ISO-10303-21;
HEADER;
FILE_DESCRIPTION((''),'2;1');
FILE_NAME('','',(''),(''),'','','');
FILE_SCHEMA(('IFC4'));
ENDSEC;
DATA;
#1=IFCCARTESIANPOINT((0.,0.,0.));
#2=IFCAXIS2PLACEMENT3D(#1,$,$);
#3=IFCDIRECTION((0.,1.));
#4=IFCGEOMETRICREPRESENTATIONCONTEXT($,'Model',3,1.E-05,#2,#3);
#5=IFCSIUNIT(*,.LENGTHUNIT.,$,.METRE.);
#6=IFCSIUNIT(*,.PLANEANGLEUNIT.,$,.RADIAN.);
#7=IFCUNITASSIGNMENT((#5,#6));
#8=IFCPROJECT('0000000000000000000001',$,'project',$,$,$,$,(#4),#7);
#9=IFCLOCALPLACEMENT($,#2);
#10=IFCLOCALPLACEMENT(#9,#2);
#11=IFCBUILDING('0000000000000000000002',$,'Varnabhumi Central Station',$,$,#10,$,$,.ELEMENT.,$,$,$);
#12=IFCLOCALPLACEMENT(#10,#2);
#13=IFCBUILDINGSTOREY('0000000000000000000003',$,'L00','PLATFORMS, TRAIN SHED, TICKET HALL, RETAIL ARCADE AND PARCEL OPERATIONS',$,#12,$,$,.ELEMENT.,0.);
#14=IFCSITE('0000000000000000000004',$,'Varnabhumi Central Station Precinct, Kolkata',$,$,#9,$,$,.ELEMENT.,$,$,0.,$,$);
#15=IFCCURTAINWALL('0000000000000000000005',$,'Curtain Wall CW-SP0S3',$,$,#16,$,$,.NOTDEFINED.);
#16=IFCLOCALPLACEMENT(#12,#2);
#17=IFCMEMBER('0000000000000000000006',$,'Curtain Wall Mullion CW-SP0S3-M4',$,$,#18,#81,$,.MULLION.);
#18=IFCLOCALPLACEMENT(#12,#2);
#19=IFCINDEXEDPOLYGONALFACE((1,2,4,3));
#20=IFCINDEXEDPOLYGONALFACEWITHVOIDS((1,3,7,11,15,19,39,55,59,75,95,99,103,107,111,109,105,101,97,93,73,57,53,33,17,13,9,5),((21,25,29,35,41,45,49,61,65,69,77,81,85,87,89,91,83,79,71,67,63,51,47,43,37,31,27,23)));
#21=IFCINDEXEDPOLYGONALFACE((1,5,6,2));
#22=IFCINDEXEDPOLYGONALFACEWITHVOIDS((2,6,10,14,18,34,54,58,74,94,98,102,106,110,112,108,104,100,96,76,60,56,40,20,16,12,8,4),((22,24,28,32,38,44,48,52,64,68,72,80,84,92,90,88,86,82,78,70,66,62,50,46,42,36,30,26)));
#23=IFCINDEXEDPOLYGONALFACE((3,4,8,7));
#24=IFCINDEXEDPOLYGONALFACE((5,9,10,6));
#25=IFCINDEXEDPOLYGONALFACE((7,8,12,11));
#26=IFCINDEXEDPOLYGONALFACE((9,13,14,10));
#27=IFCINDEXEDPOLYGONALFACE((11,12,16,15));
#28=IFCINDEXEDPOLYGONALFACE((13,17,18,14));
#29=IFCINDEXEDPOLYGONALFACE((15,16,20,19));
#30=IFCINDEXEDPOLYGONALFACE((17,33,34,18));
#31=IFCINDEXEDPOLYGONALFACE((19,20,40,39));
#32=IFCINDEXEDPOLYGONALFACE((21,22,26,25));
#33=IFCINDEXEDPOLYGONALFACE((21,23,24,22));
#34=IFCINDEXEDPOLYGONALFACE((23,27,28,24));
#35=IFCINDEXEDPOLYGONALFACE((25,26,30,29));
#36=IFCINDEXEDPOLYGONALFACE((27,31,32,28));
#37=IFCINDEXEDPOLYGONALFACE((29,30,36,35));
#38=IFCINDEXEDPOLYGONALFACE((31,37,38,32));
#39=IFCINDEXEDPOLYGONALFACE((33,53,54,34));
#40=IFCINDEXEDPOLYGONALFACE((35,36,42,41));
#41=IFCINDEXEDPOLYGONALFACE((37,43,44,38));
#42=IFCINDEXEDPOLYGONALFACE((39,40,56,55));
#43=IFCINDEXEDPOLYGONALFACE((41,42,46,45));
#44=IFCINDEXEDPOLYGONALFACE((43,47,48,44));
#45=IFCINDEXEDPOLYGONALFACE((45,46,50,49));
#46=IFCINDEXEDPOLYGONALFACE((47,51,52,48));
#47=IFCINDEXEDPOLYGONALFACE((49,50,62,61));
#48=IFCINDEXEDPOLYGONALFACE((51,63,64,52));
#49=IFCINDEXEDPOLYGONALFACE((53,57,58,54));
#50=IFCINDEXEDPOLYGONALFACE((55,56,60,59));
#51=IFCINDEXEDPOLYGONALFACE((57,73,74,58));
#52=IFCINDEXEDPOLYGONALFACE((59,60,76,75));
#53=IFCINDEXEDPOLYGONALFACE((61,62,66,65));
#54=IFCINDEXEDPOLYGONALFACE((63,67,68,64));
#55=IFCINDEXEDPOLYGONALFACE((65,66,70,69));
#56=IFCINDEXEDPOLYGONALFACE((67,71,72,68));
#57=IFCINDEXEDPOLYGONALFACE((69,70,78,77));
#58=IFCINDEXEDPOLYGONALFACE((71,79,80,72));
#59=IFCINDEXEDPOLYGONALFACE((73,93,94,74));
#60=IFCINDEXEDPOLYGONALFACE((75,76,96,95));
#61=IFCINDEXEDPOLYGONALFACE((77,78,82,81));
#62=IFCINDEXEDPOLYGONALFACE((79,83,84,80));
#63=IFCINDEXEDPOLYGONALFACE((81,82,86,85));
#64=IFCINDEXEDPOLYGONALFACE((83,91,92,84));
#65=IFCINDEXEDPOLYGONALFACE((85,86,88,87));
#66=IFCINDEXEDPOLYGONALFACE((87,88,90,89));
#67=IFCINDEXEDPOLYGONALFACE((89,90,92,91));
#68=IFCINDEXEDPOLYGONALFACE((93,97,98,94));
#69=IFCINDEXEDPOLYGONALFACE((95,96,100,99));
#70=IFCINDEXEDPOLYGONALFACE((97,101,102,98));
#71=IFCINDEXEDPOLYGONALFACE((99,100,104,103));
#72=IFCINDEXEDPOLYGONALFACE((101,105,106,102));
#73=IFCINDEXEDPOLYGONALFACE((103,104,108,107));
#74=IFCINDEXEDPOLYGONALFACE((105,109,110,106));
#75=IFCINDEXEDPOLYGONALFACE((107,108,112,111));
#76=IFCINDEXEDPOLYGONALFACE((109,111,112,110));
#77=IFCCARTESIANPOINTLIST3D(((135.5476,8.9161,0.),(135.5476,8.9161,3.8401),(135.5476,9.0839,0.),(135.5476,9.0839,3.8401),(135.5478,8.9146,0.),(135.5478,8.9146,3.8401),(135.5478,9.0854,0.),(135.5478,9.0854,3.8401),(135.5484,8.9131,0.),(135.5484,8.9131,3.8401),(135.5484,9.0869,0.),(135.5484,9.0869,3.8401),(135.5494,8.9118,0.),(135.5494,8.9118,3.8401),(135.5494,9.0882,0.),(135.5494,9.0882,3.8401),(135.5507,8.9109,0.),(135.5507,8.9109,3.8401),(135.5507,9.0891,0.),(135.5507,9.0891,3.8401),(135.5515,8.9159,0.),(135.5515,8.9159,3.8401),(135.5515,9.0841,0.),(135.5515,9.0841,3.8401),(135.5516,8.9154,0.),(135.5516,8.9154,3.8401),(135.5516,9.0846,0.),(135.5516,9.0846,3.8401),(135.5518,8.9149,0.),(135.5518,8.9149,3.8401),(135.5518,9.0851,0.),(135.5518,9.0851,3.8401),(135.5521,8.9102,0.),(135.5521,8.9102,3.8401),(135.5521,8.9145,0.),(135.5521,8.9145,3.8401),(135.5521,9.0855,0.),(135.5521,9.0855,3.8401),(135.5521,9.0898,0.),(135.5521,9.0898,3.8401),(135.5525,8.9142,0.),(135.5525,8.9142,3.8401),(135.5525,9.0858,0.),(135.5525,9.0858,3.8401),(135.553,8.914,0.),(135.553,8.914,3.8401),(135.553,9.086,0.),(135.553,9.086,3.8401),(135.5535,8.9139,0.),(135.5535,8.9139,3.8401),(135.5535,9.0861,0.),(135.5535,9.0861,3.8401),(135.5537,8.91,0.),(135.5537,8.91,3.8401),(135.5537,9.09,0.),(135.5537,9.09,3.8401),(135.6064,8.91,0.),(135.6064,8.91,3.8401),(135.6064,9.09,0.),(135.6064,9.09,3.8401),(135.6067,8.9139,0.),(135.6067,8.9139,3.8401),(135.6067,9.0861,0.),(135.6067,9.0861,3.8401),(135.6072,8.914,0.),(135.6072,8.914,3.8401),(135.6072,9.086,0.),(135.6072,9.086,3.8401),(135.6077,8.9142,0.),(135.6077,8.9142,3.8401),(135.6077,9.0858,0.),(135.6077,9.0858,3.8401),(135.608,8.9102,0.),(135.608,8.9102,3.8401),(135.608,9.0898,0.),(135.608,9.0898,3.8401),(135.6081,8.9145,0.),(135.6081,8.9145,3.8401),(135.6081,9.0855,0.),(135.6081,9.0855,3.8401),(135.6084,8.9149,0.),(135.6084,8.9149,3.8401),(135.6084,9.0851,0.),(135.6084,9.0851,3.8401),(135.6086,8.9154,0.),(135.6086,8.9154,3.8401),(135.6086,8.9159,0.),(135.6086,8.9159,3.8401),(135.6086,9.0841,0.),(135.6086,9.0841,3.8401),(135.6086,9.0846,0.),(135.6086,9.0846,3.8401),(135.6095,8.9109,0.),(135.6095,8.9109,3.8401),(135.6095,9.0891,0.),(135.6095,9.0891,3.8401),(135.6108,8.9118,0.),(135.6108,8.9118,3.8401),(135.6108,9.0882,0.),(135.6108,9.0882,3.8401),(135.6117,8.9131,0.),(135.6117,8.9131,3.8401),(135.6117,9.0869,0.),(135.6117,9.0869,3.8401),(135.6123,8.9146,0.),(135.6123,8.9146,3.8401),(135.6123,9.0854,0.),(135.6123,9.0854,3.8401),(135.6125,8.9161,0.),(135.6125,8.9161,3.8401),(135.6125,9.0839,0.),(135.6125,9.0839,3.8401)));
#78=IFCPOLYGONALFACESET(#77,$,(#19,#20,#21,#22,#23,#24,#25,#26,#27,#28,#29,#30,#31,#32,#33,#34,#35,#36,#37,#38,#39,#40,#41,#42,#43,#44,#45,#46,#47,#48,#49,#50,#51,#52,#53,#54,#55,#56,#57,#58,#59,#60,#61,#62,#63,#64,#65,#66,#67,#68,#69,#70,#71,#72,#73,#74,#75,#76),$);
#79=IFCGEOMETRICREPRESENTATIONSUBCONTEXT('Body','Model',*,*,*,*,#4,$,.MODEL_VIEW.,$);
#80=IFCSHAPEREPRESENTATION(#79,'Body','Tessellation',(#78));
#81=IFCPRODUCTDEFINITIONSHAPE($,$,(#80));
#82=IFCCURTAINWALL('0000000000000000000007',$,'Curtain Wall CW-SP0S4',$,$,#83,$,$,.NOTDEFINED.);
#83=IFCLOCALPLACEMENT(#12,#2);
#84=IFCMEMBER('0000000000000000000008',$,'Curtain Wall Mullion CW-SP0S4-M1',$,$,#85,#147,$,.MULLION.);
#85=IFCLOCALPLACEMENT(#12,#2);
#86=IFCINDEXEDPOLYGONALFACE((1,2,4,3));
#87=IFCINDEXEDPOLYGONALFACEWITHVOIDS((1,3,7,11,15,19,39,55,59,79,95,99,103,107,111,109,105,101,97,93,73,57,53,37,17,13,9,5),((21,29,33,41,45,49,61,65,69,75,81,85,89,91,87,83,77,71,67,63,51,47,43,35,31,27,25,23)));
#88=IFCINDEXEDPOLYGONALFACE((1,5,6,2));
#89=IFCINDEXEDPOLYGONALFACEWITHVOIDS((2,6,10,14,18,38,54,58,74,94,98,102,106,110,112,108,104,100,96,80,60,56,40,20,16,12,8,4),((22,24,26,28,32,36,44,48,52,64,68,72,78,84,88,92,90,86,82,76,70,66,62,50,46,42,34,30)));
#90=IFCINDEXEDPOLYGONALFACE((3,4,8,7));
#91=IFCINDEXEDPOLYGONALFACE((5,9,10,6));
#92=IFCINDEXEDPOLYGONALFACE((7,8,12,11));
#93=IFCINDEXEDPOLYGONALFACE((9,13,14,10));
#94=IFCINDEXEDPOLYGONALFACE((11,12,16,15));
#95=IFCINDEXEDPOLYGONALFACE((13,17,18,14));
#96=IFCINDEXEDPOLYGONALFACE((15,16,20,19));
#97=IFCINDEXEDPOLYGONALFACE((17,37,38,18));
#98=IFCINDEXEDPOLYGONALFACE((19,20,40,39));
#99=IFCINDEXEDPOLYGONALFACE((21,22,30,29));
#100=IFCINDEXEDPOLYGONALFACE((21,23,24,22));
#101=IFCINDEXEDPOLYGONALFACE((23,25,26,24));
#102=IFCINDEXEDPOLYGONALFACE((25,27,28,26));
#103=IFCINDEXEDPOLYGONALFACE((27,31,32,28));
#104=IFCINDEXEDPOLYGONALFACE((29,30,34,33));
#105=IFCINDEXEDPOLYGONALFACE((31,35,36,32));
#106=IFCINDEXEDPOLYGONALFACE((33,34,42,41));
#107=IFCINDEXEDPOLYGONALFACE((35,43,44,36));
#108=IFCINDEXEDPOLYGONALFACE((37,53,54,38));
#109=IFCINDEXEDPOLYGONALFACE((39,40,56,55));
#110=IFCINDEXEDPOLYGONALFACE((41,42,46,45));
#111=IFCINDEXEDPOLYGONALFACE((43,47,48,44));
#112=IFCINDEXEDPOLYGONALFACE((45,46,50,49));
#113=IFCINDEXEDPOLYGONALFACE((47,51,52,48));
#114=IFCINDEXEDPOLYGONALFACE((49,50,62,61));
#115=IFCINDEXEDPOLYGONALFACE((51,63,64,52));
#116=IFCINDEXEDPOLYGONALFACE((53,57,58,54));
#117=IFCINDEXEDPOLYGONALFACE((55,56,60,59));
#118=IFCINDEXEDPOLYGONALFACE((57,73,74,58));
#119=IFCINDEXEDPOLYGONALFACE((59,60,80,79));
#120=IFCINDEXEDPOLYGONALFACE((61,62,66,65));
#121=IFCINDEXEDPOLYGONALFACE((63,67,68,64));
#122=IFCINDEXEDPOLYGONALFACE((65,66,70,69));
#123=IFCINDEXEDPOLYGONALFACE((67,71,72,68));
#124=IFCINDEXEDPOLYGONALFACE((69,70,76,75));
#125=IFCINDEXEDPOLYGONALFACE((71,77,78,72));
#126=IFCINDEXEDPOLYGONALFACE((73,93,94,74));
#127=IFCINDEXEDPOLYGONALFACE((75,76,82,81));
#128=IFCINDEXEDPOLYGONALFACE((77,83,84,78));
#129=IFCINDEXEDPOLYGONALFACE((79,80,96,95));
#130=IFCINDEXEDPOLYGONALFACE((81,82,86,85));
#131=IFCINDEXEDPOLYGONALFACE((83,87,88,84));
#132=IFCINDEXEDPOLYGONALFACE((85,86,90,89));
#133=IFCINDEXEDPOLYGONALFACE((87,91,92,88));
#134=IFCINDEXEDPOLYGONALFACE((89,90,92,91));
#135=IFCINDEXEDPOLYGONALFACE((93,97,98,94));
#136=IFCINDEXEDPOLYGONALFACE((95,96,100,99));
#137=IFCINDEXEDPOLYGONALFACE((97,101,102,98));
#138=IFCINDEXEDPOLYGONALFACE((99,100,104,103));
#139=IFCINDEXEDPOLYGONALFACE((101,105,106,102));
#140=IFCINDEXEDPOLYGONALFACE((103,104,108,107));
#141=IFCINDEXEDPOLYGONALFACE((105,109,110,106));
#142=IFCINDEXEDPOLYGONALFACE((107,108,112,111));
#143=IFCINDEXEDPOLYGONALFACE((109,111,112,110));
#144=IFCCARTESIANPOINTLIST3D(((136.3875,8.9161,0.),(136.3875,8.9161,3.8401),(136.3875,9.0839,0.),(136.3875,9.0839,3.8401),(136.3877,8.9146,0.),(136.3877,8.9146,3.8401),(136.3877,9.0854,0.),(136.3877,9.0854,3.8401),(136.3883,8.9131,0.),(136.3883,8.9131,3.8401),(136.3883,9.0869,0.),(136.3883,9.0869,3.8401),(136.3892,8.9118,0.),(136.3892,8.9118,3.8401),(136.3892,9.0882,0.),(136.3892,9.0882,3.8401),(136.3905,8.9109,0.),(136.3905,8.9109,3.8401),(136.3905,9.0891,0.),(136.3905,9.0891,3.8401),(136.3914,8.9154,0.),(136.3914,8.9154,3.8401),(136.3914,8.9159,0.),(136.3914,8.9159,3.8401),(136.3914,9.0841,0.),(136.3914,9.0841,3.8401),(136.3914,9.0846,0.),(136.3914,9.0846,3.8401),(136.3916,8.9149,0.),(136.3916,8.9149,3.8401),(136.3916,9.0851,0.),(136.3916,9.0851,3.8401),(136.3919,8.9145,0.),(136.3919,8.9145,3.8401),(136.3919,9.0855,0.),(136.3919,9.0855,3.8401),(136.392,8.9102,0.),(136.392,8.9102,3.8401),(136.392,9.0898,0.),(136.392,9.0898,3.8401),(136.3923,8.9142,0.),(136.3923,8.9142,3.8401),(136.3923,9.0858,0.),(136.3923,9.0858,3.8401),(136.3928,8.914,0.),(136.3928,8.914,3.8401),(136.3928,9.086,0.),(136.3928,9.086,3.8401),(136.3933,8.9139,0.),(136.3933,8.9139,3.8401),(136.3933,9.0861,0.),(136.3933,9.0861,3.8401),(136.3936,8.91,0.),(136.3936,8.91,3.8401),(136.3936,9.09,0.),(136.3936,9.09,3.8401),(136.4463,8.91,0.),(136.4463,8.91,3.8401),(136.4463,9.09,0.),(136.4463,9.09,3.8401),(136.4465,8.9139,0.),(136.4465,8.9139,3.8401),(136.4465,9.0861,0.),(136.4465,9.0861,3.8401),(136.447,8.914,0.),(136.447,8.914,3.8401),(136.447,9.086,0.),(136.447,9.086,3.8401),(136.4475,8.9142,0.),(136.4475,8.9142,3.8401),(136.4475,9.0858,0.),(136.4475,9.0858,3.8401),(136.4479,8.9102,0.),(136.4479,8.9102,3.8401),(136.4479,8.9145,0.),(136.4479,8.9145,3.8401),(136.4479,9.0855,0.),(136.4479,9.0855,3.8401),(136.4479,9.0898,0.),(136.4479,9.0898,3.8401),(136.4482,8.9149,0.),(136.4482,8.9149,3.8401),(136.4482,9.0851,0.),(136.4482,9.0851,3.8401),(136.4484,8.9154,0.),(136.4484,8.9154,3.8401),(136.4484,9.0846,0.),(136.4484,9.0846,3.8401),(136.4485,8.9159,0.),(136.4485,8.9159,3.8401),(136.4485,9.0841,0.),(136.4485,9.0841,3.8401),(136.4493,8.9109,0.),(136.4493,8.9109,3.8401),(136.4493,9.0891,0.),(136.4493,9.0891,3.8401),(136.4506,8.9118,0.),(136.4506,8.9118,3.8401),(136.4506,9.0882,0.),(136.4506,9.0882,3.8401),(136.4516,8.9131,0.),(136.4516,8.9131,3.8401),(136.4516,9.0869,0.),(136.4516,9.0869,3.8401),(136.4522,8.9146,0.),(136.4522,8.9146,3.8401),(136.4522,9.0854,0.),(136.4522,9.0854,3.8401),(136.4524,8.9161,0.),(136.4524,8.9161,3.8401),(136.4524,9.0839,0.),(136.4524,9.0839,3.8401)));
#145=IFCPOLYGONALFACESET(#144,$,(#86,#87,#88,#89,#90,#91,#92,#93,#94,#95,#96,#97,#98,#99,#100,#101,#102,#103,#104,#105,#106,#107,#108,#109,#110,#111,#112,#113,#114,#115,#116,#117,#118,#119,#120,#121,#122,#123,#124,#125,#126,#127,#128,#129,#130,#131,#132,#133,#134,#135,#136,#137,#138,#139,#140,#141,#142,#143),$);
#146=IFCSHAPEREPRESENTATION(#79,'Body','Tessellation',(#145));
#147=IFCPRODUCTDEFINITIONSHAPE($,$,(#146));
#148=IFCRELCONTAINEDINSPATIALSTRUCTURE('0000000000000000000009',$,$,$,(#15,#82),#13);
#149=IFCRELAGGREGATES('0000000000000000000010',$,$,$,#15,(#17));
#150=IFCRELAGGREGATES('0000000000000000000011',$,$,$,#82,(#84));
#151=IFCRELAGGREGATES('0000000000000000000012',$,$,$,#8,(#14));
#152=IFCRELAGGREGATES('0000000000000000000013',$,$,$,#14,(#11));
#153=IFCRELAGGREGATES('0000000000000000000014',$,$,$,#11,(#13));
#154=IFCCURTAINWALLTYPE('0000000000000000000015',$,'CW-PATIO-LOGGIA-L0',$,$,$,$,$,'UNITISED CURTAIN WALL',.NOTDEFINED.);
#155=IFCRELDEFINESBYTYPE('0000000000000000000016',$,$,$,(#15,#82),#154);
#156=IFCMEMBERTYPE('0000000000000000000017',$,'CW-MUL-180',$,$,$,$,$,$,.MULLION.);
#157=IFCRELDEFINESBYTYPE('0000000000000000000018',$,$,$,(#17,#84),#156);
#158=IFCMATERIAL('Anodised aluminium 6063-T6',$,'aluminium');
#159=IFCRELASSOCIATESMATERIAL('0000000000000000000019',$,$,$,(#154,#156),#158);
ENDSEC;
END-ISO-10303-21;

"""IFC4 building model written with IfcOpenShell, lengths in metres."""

from ifc_helpers import new_model, si_unit, direction, frame, origin, origin_2d, place, context, subcontext, project, spatial, hollow_rectangle, extrude, material, material_profile, profile_set, type_object, element, aggregate, save


model = new_model("IFC4")

# Units and contexts
model_context = context("Model", 3, precision=1e-05, world=origin(), true_north=direction((0.0, 1.0)))
body_context = subcontext(model_context, "Body", "Model", "MODEL_VIEW")
ifc_project = project(units=[si_unit("LENGTHUNIT", "METRE"), si_unit("PLANEANGLEUNIT", "RADIAN")], contexts=[model_context])

# Site, building, storey
site_placement = place(None, origin())
site = spatial("IfcSite", under=ifc_project, at=site_placement, Name="Varnabhumi Central Station Precinct, Kolkata", CompositionType="ELEMENT", RefElevation=0.0)
building_placement = place(site_placement, origin())
building = spatial("IfcBuilding", under=site, at=building_placement, Name="Varnabhumi Central Station", CompositionType="ELEMENT")
storey_placement = place(building_placement, origin())
storey = spatial("IfcBuildingStorey", under=building, at=storey_placement, Name="L00", Description="PLATFORMS, TRAIN SHED, TICKET HALL, RETAIL ARCADE AND PARCEL OPERATIONS", CompositionType="ELEMENT", Elevation=0.0)

# Curtain wall, member
ifc_material_1 = material(Name="Anodised aluminium 6063-T6", Category="aluminium")
curtain_wall_type = type_object("IfcCurtainWallType", Name="CW-PATIO-LOGGIA-L0", ElementType="UNITISED CURTAIN WALL", PredefinedType="NOTDEFINED", material=ifc_material_1)
curtain_wall_1_placement = place(storey_placement, origin())
curtain_wall_1 = element("IfcCurtainWall", 1, at=curtain_wall_1_placement, inside=storey, type_object=curtain_wall_type, Name="Curtain Wall CW-SP0S3", PredefinedType="NOTDEFINED")
ifc_material_profile_1 = material_profile(ifc_material_1, hollow_rectangle(XDim=0.0649, YDim=0.1799, WallThickness=0.0039, InnerFilletRadius=0.002, OuterFilletRadius=0.0061, at=origin_2d()), Name="Anodised aluminium 6063-T6", Category="aluminium")
ifc_profile_set_1 = profile_set([ifc_material_profile_1], Name="Anodised aluminium 6063-T6")
member_type_1 = type_object("IfcMemberType", Name="CW-MUL-180", PredefinedType="MULLION", material=ifc_profile_set_1)
member_1_placement = place(storey_placement, frame((135.5801, 9.0, 0.0), z_axis=(0.0, 0.0, 1.0), x_axis=(1.0, 0.0, 0.0)))
member_1 = element("IfcMember", 2, at=member_1_placement, type_object=member_type_1, Name="Curtain Wall Mullion CW-SP0S3-M4", PredefinedType="MULLION", context=body_context, shape_type="SweptSolid", body=[
    extrude(hollow_rectangle(XDim=0.0649, YDim=0.1799, WallThickness=0.0039, InnerFilletRadius=0.002, OuterFilletRadius=0.0061, at=origin_2d()), origin(), (0.0, 0.0, 1.0), 3.8401),
])
aggregate(curtain_wall_1, [member_1])

# Curtain wall, member
curtain_wall_2_placement = place(storey_placement, origin())
curtain_wall_2 = element("IfcCurtainWall", 3, at=curtain_wall_2_placement, inside=storey, type_object=curtain_wall_type, Name="Curtain Wall CW-SP0S4", PredefinedType="NOTDEFINED")
member_2_placement = place(storey_placement, frame((136.4199, 9.0, 0.0), z_axis=(0.0, 0.0, 1.0), x_axis=(1.0, 0.0, 0.0)))
member_2 = element("IfcMember", 4, at=member_2_placement, type_object=member_type_1, Name="Curtain Wall Mullion CW-SP0S4-M1", PredefinedType="MULLION", context=body_context, shape_type="SweptSolid", body=[
    extrude(hollow_rectangle(XDim=0.0649, YDim=0.1799, WallThickness=0.0039, InnerFilletRadius=0.002, OuterFilletRadius=0.0061, at=origin_2d()), origin(), (0.0, 0.0, 1.0), 3.8401),
])

aggregate(curtain_wall_2, [member_2])

save(model, "model.ifc")
